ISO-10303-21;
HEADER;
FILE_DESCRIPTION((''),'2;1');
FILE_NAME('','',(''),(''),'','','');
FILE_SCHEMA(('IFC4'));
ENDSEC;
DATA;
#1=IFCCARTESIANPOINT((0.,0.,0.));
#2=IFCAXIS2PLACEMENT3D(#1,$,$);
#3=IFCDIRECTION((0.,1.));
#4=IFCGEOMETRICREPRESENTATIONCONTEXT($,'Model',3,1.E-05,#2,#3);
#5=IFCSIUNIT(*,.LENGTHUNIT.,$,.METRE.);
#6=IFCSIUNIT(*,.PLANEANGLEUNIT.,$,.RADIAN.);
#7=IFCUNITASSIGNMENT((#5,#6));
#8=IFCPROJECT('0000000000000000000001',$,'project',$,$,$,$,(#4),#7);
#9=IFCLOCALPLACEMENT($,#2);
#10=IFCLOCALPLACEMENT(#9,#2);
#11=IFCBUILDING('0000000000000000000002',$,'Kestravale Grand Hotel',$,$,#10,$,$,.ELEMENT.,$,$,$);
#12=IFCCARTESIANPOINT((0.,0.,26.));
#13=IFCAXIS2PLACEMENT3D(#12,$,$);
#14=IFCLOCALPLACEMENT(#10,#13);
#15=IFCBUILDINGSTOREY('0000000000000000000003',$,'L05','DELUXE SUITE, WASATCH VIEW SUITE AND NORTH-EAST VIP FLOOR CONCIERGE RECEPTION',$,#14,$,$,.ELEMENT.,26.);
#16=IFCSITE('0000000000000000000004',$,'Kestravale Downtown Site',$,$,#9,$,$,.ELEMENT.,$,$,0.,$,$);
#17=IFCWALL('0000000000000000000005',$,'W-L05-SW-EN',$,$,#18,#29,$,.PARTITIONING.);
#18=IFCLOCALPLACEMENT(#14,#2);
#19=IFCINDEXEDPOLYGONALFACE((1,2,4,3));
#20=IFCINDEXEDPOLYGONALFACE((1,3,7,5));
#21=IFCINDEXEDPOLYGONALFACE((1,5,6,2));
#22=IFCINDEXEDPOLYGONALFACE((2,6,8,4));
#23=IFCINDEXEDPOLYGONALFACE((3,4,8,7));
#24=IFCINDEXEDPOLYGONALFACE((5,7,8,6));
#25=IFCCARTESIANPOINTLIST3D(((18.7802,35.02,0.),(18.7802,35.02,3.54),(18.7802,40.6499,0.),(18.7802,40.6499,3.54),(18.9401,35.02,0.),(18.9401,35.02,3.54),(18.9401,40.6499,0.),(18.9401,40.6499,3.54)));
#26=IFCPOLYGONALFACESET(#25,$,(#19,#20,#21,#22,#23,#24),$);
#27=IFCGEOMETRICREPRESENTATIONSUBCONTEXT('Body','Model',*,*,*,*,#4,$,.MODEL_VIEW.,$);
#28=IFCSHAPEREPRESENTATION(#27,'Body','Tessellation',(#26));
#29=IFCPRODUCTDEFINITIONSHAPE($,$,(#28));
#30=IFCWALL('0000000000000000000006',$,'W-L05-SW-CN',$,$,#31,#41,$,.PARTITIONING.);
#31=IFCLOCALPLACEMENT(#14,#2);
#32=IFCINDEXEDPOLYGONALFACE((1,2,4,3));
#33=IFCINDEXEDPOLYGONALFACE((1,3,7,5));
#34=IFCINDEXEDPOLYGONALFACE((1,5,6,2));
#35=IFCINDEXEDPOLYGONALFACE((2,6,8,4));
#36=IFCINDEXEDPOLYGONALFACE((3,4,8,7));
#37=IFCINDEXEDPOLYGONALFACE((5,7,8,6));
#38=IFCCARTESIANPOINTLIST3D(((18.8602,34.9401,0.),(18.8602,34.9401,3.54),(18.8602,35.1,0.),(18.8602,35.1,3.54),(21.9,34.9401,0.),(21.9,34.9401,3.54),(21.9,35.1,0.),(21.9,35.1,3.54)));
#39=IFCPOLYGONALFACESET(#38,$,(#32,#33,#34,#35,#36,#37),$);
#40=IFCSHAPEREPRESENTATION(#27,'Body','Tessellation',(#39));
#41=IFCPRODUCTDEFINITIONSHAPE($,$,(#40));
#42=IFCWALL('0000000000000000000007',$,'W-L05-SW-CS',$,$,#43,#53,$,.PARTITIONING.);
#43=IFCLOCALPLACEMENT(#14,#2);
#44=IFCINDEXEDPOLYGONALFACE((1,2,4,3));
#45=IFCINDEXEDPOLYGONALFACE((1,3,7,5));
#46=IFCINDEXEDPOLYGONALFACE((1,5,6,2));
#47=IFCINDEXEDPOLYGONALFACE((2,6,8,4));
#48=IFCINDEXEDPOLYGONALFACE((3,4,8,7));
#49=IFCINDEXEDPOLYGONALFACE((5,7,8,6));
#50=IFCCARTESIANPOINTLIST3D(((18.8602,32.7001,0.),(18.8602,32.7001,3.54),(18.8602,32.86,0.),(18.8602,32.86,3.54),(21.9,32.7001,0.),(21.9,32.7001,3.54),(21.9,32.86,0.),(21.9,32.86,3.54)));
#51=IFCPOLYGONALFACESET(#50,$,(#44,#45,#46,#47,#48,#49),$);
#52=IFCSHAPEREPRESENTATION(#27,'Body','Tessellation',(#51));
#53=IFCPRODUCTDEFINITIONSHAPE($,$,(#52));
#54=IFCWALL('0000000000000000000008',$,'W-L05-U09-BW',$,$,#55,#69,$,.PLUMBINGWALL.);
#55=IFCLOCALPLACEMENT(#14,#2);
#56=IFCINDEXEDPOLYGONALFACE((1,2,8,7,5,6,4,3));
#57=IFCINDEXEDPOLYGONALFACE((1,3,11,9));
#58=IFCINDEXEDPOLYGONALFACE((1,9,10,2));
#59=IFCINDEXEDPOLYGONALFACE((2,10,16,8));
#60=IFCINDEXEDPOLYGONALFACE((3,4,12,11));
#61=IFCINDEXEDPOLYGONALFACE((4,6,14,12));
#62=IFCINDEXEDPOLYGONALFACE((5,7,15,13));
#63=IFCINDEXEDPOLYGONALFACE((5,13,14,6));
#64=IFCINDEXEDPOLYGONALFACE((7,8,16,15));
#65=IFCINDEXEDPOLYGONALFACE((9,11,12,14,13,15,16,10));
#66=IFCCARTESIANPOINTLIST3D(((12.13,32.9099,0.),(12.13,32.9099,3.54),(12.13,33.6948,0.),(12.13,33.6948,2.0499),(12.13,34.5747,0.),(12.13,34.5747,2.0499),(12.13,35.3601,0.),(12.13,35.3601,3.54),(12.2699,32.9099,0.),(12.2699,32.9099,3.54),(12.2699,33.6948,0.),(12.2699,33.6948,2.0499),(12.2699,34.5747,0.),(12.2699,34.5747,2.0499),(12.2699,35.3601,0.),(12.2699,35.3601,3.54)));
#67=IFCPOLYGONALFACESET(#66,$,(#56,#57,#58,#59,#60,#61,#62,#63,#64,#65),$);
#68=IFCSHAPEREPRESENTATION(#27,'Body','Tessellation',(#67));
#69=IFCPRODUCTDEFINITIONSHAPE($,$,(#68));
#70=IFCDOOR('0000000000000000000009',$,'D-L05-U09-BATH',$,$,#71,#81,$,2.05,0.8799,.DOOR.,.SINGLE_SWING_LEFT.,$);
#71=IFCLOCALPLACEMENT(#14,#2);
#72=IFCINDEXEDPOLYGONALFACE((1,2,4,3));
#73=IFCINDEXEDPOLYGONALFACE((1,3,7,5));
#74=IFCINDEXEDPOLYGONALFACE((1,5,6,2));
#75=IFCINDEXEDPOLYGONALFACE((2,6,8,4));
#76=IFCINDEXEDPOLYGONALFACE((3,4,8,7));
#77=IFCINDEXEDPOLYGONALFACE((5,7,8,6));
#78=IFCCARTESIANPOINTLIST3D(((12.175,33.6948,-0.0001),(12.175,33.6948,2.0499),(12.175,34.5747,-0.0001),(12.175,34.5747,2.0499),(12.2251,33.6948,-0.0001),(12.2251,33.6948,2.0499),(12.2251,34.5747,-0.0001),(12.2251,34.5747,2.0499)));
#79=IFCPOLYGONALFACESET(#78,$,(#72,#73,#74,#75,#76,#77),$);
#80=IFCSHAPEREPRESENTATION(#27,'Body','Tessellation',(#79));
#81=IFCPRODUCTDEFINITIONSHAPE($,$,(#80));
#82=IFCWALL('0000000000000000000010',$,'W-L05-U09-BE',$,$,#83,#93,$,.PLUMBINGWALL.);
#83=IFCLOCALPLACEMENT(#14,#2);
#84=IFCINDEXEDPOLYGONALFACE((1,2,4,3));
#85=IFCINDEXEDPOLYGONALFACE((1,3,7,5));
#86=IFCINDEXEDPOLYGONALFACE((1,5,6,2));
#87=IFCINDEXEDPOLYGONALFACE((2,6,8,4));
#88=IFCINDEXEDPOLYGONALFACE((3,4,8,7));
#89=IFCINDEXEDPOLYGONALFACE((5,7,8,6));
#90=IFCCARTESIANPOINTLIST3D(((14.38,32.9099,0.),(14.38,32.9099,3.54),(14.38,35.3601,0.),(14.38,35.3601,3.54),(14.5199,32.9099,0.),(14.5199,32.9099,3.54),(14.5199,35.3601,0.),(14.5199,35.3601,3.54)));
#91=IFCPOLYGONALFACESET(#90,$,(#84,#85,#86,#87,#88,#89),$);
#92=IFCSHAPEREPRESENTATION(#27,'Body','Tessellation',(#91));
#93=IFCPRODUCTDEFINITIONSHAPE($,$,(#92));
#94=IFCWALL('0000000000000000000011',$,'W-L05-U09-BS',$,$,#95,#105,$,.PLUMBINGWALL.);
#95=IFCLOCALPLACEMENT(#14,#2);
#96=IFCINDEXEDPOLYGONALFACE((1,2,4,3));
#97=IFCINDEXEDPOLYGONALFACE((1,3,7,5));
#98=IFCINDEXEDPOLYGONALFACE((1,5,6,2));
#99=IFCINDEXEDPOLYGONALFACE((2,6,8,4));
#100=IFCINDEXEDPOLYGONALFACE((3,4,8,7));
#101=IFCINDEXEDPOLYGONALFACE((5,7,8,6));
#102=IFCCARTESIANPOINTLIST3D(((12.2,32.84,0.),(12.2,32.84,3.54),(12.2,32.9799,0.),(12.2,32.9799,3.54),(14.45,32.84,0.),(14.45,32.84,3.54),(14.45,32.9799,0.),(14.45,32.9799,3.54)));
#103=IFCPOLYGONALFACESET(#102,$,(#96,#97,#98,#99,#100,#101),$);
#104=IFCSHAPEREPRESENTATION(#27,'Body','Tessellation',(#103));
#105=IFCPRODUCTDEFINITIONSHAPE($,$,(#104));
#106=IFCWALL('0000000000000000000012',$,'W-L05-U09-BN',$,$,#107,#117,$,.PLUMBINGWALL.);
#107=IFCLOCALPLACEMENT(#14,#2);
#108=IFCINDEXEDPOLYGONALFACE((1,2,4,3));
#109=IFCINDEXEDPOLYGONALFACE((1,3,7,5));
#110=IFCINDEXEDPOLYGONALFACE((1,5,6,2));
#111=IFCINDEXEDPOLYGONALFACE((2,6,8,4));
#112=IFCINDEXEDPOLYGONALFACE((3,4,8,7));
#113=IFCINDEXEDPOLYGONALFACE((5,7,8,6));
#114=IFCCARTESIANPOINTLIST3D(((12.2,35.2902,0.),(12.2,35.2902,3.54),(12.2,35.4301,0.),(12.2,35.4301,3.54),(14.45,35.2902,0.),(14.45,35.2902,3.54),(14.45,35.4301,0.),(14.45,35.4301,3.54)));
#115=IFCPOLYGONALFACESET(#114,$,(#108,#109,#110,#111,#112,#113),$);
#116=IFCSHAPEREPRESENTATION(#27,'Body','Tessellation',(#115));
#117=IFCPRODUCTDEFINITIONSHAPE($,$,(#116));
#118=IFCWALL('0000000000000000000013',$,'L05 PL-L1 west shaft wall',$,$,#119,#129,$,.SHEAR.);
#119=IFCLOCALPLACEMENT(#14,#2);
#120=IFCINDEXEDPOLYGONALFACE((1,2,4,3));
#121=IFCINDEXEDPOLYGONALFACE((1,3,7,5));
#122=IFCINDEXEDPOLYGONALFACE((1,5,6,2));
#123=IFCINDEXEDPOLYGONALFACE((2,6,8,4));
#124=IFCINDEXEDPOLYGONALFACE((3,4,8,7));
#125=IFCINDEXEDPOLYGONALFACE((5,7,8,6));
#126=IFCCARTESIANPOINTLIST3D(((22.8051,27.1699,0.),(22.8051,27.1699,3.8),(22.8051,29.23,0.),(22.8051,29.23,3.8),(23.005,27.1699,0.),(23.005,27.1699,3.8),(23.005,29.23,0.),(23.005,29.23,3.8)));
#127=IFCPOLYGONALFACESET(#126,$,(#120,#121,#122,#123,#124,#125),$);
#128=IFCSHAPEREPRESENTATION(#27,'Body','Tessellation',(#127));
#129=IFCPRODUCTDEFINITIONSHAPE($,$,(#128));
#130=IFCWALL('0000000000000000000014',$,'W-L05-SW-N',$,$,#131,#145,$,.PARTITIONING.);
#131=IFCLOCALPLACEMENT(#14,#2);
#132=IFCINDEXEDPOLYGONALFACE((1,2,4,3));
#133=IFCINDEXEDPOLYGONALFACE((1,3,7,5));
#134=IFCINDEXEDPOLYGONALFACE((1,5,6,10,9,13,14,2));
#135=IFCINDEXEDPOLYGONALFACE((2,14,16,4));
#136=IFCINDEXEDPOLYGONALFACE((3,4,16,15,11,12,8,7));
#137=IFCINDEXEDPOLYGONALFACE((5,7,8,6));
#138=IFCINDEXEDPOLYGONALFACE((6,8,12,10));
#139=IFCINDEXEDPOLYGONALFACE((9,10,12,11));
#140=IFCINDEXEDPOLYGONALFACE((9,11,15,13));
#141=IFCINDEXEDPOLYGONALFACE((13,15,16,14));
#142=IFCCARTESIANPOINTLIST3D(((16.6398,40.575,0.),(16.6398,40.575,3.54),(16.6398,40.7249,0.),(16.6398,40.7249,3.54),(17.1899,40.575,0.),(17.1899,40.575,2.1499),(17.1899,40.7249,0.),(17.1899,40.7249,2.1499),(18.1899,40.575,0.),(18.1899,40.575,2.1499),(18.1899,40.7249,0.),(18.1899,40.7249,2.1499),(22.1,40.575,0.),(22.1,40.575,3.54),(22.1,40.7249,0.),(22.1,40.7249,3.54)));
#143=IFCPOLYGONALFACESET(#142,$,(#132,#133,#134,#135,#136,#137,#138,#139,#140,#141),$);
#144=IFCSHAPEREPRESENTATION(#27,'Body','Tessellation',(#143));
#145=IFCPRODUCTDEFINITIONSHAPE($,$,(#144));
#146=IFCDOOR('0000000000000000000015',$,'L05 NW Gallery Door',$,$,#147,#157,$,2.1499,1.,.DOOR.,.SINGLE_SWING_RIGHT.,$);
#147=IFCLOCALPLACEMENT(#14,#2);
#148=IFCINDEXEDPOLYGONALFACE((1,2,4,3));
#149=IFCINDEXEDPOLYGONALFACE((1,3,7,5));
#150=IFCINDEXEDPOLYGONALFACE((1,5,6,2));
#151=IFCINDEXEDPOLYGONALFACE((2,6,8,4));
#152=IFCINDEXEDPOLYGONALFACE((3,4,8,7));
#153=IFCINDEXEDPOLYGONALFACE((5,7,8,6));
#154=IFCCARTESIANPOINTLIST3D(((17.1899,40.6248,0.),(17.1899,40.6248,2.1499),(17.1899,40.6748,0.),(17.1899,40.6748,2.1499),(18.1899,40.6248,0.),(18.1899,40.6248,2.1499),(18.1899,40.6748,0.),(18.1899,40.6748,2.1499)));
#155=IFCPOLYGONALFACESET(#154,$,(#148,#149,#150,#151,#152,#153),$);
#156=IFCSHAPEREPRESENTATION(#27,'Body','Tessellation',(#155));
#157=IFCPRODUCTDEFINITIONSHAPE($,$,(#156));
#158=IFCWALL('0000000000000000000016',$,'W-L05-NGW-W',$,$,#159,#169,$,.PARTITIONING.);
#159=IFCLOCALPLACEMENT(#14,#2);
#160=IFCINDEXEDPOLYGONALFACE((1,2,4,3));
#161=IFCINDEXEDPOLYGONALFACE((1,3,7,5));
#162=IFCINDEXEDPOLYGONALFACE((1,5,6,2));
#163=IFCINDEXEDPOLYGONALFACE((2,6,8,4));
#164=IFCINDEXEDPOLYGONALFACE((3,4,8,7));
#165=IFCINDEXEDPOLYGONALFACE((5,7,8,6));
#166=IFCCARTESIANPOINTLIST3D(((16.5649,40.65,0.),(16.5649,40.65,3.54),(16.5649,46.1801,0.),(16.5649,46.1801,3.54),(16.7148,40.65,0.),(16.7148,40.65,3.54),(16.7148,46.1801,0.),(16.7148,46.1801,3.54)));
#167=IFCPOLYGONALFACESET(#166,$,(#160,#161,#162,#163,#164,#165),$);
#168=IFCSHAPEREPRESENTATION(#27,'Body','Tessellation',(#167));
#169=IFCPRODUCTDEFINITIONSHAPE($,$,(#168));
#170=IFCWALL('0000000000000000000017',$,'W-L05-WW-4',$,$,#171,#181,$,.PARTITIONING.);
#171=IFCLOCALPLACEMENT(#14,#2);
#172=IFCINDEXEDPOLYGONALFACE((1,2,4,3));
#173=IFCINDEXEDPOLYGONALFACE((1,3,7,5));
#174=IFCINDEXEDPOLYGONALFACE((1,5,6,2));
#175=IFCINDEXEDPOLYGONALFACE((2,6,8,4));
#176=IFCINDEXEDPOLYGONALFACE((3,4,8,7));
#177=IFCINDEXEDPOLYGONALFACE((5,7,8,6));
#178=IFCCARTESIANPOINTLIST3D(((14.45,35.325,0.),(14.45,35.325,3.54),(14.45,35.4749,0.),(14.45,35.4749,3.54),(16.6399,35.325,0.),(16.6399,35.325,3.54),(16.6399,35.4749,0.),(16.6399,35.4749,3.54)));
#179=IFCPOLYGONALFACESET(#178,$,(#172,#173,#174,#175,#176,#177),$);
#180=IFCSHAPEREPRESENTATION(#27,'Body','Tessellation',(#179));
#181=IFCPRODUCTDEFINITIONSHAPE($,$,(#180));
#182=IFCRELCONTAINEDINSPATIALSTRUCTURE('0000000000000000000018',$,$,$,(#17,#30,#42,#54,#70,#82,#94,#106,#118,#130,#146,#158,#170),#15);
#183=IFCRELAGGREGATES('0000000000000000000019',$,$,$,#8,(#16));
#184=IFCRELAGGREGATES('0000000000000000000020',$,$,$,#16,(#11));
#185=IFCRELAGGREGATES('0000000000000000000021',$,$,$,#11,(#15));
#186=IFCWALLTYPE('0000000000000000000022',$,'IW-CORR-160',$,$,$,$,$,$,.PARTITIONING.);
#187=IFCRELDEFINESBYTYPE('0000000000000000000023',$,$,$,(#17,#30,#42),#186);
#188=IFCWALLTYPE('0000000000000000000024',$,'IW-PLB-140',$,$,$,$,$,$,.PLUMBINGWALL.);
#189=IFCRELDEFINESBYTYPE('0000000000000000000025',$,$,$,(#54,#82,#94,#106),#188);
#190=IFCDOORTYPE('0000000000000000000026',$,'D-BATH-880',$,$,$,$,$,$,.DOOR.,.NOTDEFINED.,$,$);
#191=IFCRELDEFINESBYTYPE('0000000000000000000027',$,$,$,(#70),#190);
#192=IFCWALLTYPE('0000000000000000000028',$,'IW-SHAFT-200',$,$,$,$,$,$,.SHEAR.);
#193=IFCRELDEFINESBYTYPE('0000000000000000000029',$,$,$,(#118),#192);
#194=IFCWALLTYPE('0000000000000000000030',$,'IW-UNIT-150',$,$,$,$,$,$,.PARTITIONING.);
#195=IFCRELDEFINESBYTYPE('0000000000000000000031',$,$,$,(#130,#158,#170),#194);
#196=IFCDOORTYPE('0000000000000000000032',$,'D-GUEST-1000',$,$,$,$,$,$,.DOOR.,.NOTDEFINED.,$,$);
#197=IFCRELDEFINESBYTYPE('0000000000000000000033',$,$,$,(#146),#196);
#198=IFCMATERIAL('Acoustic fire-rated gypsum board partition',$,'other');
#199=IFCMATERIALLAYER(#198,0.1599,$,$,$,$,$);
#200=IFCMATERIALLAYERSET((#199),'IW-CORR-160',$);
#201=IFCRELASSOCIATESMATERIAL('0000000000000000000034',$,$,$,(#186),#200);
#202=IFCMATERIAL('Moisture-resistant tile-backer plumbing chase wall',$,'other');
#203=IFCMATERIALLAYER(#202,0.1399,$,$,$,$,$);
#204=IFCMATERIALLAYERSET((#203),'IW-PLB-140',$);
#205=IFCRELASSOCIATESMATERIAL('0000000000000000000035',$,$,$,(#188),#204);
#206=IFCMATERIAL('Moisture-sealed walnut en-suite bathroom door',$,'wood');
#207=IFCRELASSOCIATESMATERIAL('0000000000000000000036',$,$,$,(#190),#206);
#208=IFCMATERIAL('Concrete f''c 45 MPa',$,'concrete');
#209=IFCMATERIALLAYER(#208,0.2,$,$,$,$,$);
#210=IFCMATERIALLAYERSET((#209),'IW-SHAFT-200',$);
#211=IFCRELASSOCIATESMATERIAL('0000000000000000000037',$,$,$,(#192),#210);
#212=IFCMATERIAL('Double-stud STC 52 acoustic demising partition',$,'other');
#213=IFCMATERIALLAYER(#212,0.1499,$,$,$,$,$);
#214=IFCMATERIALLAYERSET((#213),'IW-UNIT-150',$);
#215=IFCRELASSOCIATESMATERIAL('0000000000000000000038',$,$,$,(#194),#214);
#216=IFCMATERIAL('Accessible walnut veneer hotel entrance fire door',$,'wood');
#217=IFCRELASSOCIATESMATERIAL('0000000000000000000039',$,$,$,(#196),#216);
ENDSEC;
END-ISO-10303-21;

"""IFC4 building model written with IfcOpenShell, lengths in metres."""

from ifc_helpers import new_model, si_unit, direction, frame, frame_2d, origin, place, context, subcontext, project, spatial, rectangle, extrude, material, layer, layer_set, type_object, element, fill, save


model = new_model("IFC4")

# Units and contexts
model_context = context("Model", 3, precision=1e-05, world=origin(), true_north=direction((0.0, 1.0)))
body_context = subcontext(model_context, "Body", "Model", "MODEL_VIEW")
ifc_project = project(units=[si_unit("LENGTHUNIT", "METRE"), si_unit("PLANEANGLEUNIT", "RADIAN")], contexts=[model_context])

# Site, building, storey
site_placement = place(None, origin())
site = spatial("IfcSite", under=ifc_project, at=site_placement, Name="Kestravale Downtown Site", CompositionType="ELEMENT", RefElevation=0.0)
building_placement = place(site_placement, origin())
building = spatial("IfcBuilding", under=site, at=building_placement, Name="Kestravale Grand Hotel", CompositionType="ELEMENT")
storey_placement = place(building_placement, frame((0.0, 0.0, 26.0)))
storey = spatial("IfcBuildingStorey", under=building, at=storey_placement, Name="L05", Description="DELUXE SUITE, WASATCH VIEW SUITE AND NORTH-EAST VIP FLOOR CONCIERGE RECEPTION", CompositionType="ELEMENT", Elevation=26.0)

# Walls
ifc_material_1 = material(Name="Acoustic fire-rated gypsum board partition", Category="other")
ifc_layer_1 = layer(ifc_material_1, 0.1599)
ifc_layer_set_1 = layer_set([ifc_layer_1], Name="IW-CORR-160")
wall_type_1 = type_object("IfcWallType", Name="IW-CORR-160", PredefinedType="PARTITIONING", material=ifc_layer_set_1)
wall_1_placement = place(storey_placement, frame((18.8601, 35.02, 0.0), z_axis=(0.0, 0.0, 1.0), x_axis=(0.0, 1.0, 0.0)))
element("IfcWall", 1, at=wall_1_placement, inside=storey, type_object=wall_type_1, Name="W-L05-SW-EN", PredefinedType="PARTITIONING", context=body_context, shape_type="SweptSolid", body=[
    extrude(rectangle(XDim=5.6299, YDim=0.1599, at=frame_2d((2.8149, 0.0))), origin(), (0.0, 0.0, 1.0), 3.54),
])
for number, where, z_axis, x_axis, name in (
    (2, (18.8601, 35.02, 0.0), (0.0, 0.0, 1.0), (1.0, 0.0, 0.0), "W-L05-SW-CN"),
    (3, (18.8601, 32.78, 0.0), (0.0, 0.0, 1.0), (1.0, 0.0, 0.0), "W-L05-SW-CS"),
):
    element("IfcWall", number, at=place(storey_placement, frame(where, z_axis=z_axis, x_axis=x_axis)), inside=storey, type_object=wall_type_1, Name=name, PredefinedType="PARTITIONING", context=body_context, shape_type="SweptSolid", body=[
        extrude(rectangle(XDim=3.0398, YDim=0.1599, at=frame_2d((1.52, 0.0))), origin(), (0.0, 0.0, 1.0), 3.54),
    ])

# Wall, opening, door
ifc_material_2 = material(Name="Moisture-resistant tile-backer plumbing chase wall", Category="other")
ifc_layer_2 = layer(ifc_material_2, 0.1399)
ifc_layer_set_2 = layer_set([ifc_layer_2], Name="IW-PLB-140")
wall_type_2 = type_object("IfcWallType", Name="IW-PLB-140", PredefinedType="PLUMBINGWALL", material=ifc_layer_set_2)
wall_2_placement = place(storey_placement, frame((12.2, 32.9099, 0.0), z_axis=(0.0, 0.0, 1.0), x_axis=(0.0, 1.0, 0.0)))
wall_2 = element("IfcWall", 4, at=wall_2_placement, inside=storey, type_object=wall_type_2, Name="W-L05-U09-BW", PredefinedType="PLUMBINGWALL", context=body_context, shape_type="SweptSolid", body=[
    extrude(rectangle(XDim=2.4502, YDim=0.1399, at=frame_2d((1.2251, 0.0))), origin(), (0.0, 0.0, 1.0), 3.54),
])
opening_1_placement = place(wall_2_placement, frame((0.7849, 0.0, 0.0)))
opening_1 = element("IfcOpeningElement", 5, at=opening_1_placement, cuts=wall_2, PredefinedType="OPENING", context=body_context, shape_type="SweptSolid", body=[
    extrude(rectangle(XDim=0.8799, YDim=2.05, at=frame_2d((0.4399, 1.0249))), frame((0.0, 0.0798, 0.0), z_axis=(0.0, -1.0, 0.0), x_axis=(1.0, 0.0, 0.0)), (0.0, 0.0, 1.0), 0.1599),
])
ifc_material_3 = material(Name="Moisture-sealed walnut en-suite bathroom door", Category="wood")
door_type_1 = type_object("IfcDoorType", Name="D-BATH-880", OperationType="NOTDEFINED", PredefinedType="DOOR", material=ifc_material_3)
door_1_placement = place(opening_1_placement, origin())
door_1 = element("IfcDoor", 6, at=door_1_placement, inside=storey, type_object=door_type_1, Name="D-L05-U09-BATH", OperationType="SINGLE_SWING_LEFT", OverallHeight=2.05, OverallWidth=0.8799, PredefinedType="DOOR", context=body_context, shape_type="SweptSolid", body=[
    extrude(rectangle(XDim=0.8799, YDim=2.05, at=frame_2d((0.4399, 1.0249))), frame((0.0, 0.0249, 0.0), z_axis=(0.0, -1.0, 0.0), x_axis=(1.0, 0.0, 0.0)), (0.0, 0.0, 1.0), 0.05),
])
fill(opening_1, door_1)

# Walls
wall_3_placement = place(storey_placement, frame((14.45, 32.9099, 0.0), z_axis=(0.0, 0.0, 1.0), x_axis=(0.0, 1.0, 0.0)))
element("IfcWall", 7, at=wall_3_placement, inside=storey, type_object=wall_type_2, Name="W-L05-U09-BE", PredefinedType="PLUMBINGWALL", context=body_context, shape_type="SweptSolid", body=[
    extrude(rectangle(XDim=2.4502, YDim=0.1399, at=frame_2d((1.2251, 0.0))), origin(), (0.0, 0.0, 1.0), 3.54),
])
for number, where, z_axis, x_axis, name in (
    (8, (12.2, 32.9099, 0.0), (0.0, 0.0, 1.0), (1.0, 0.0, 0.0), "W-L05-U09-BS"),
    (9, (12.2, 35.3601, 0.0), (0.0, 0.0, 1.0), (1.0, 0.0, 0.0), "W-L05-U09-BN"),
):
    element("IfcWall", number, at=place(storey_placement, frame(where, z_axis=z_axis, x_axis=x_axis)), inside=storey, type_object=wall_type_2, Name=name, PredefinedType="PLUMBINGWALL", context=body_context, shape_type="SweptSolid", body=[
        extrude(rectangle(XDim=2.25, YDim=0.1399, at=frame_2d((1.125, 0.0))), origin(), (0.0, 0.0, 1.0), 3.54),
    ])
ifc_material_4 = material(Name="Concrete f'c 45 MPa", Category="concrete")
ifc_layer_3 = layer(ifc_material_4, 0.2)
ifc_layer_set_3 = layer_set([ifc_layer_3], Name="IW-SHAFT-200")
wall_type_3 = type_object("IfcWallType", Name="IW-SHAFT-200", PredefinedType="SHEAR", material=ifc_layer_set_3)
wall_4_placement = place(storey_placement, frame((22.905, 27.1699, 0.0), z_axis=(0.0, 0.0, 1.0), x_axis=(0.0, 1.0, 0.0)))
element("IfcWall", 10, at=wall_4_placement, inside=storey, type_object=wall_type_3, Name="L05 PL-L1 west shaft wall", PredefinedType="SHEAR", context=body_context, shape_type="SweptSolid", body=[
    extrude(rectangle(XDim=2.0601, YDim=0.2, at=frame_2d((1.03, 0.0))), origin(), (0.0, 0.0, 1.0), 3.8),
])

# Wall, opening, door
ifc_material_5 = material(Name="Double-stud STC 52 acoustic demising partition", Category="other")
ifc_layer_4 = layer(ifc_material_5, 0.1499)
ifc_layer_set_4 = layer_set([ifc_layer_4], Name="IW-UNIT-150")
wall_type_4 = type_object("IfcWallType", Name="IW-UNIT-150", PredefinedType="PARTITIONING", material=ifc_layer_set_4)
wall_5_placement = place(storey_placement, frame((16.6399, 40.6499, 0.0), z_axis=(0.0, 0.0, 1.0), x_axis=(1.0, 0.0, 0.0)))
wall_5 = element("IfcWall", 11, at=wall_5_placement, inside=storey, type_object=wall_type_4, Name="W-L05-SW-N", PredefinedType="PARTITIONING", context=body_context, shape_type="SweptSolid", body=[
    extrude(rectangle(XDim=5.4602, YDim=0.1499, at=frame_2d((2.73, 0.0))), origin(), (0.0, 0.0, 1.0), 3.54),
])
opening_2_placement = place(wall_5_placement, frame((0.55, 0.0, 0.0)))
opening_2 = element("IfcOpeningElement", 12, at=opening_2_placement, cuts=wall_5, PredefinedType="OPENING", context=body_context, shape_type="SweptSolid", body=[
    extrude(rectangle(XDim=1.0, YDim=2.1499, at=frame_2d((0.5, 1.075))), frame((0.0, 0.085, 0.0), z_axis=(0.0, -1.0, 0.0), x_axis=(1.0, 0.0, 0.0)), (0.0, 0.0, 1.0), 0.1699),
])
ifc_material_6 = material(Name="Accessible walnut veneer hotel entrance fire door", Category="wood")
door_type_2 = type_object("IfcDoorType", Name="D-GUEST-1000", OperationType="NOTDEFINED", PredefinedType="DOOR", material=ifc_material_6)
door_2_placement = place(opening_2_placement, origin())
door_2 = element("IfcDoor", 13, at=door_2_placement, inside=storey, type_object=door_type_2, Name="L05 NW Gallery Door", OperationType="SINGLE_SWING_RIGHT", OverallHeight=2.1499, OverallWidth=1.0, PredefinedType="DOOR", context=body_context, shape_type="SweptSolid", body=[
    extrude(rectangle(XDim=1.0, YDim=2.1499, at=frame_2d((0.5, 1.075))), frame((0.0, 0.0249, 0.0), z_axis=(0.0, -1.0, 0.0), x_axis=(1.0, 0.0, 0.0)), (0.0, 0.0, 1.0), 0.05),
])
fill(opening_2, door_2)

# Walls
wall_6_placement = place(storey_placement, frame((16.6399, 40.6499, 0.0), z_axis=(0.0, 0.0, 1.0), x_axis=(0.0, 1.0, 0.0)))
element("IfcWall", 14, at=wall_6_placement, inside=storey, type_object=wall_type_4, Name="W-L05-NGW-W", PredefinedType="PARTITIONING", context=body_context, shape_type="SweptSolid", body=[
    extrude(rectangle(XDim=5.53, YDim=0.1499, at=frame_2d((2.7651, 0.0))), origin(), (0.0, 0.0, 1.0), 3.54),
])
wall_7_placement = place(storey_placement, frame((14.45, 35.3999, 0.0), z_axis=(0.0, 0.0, 1.0), x_axis=(1.0, 0.0, 0.0)))
element("IfcWall", 15, at=wall_7_placement, inside=storey, type_object=wall_type_4, Name="W-L05-WW-4", PredefinedType="PARTITIONING", context=body_context, shape_type="SweptSolid", body=[
    extrude(rectangle(XDim=2.1899, YDim=0.1499, at=frame_2d((1.095, 0.0))), origin(), (0.0, 0.0, 1.0), 3.54),
])

save(model, "model.ifc")
